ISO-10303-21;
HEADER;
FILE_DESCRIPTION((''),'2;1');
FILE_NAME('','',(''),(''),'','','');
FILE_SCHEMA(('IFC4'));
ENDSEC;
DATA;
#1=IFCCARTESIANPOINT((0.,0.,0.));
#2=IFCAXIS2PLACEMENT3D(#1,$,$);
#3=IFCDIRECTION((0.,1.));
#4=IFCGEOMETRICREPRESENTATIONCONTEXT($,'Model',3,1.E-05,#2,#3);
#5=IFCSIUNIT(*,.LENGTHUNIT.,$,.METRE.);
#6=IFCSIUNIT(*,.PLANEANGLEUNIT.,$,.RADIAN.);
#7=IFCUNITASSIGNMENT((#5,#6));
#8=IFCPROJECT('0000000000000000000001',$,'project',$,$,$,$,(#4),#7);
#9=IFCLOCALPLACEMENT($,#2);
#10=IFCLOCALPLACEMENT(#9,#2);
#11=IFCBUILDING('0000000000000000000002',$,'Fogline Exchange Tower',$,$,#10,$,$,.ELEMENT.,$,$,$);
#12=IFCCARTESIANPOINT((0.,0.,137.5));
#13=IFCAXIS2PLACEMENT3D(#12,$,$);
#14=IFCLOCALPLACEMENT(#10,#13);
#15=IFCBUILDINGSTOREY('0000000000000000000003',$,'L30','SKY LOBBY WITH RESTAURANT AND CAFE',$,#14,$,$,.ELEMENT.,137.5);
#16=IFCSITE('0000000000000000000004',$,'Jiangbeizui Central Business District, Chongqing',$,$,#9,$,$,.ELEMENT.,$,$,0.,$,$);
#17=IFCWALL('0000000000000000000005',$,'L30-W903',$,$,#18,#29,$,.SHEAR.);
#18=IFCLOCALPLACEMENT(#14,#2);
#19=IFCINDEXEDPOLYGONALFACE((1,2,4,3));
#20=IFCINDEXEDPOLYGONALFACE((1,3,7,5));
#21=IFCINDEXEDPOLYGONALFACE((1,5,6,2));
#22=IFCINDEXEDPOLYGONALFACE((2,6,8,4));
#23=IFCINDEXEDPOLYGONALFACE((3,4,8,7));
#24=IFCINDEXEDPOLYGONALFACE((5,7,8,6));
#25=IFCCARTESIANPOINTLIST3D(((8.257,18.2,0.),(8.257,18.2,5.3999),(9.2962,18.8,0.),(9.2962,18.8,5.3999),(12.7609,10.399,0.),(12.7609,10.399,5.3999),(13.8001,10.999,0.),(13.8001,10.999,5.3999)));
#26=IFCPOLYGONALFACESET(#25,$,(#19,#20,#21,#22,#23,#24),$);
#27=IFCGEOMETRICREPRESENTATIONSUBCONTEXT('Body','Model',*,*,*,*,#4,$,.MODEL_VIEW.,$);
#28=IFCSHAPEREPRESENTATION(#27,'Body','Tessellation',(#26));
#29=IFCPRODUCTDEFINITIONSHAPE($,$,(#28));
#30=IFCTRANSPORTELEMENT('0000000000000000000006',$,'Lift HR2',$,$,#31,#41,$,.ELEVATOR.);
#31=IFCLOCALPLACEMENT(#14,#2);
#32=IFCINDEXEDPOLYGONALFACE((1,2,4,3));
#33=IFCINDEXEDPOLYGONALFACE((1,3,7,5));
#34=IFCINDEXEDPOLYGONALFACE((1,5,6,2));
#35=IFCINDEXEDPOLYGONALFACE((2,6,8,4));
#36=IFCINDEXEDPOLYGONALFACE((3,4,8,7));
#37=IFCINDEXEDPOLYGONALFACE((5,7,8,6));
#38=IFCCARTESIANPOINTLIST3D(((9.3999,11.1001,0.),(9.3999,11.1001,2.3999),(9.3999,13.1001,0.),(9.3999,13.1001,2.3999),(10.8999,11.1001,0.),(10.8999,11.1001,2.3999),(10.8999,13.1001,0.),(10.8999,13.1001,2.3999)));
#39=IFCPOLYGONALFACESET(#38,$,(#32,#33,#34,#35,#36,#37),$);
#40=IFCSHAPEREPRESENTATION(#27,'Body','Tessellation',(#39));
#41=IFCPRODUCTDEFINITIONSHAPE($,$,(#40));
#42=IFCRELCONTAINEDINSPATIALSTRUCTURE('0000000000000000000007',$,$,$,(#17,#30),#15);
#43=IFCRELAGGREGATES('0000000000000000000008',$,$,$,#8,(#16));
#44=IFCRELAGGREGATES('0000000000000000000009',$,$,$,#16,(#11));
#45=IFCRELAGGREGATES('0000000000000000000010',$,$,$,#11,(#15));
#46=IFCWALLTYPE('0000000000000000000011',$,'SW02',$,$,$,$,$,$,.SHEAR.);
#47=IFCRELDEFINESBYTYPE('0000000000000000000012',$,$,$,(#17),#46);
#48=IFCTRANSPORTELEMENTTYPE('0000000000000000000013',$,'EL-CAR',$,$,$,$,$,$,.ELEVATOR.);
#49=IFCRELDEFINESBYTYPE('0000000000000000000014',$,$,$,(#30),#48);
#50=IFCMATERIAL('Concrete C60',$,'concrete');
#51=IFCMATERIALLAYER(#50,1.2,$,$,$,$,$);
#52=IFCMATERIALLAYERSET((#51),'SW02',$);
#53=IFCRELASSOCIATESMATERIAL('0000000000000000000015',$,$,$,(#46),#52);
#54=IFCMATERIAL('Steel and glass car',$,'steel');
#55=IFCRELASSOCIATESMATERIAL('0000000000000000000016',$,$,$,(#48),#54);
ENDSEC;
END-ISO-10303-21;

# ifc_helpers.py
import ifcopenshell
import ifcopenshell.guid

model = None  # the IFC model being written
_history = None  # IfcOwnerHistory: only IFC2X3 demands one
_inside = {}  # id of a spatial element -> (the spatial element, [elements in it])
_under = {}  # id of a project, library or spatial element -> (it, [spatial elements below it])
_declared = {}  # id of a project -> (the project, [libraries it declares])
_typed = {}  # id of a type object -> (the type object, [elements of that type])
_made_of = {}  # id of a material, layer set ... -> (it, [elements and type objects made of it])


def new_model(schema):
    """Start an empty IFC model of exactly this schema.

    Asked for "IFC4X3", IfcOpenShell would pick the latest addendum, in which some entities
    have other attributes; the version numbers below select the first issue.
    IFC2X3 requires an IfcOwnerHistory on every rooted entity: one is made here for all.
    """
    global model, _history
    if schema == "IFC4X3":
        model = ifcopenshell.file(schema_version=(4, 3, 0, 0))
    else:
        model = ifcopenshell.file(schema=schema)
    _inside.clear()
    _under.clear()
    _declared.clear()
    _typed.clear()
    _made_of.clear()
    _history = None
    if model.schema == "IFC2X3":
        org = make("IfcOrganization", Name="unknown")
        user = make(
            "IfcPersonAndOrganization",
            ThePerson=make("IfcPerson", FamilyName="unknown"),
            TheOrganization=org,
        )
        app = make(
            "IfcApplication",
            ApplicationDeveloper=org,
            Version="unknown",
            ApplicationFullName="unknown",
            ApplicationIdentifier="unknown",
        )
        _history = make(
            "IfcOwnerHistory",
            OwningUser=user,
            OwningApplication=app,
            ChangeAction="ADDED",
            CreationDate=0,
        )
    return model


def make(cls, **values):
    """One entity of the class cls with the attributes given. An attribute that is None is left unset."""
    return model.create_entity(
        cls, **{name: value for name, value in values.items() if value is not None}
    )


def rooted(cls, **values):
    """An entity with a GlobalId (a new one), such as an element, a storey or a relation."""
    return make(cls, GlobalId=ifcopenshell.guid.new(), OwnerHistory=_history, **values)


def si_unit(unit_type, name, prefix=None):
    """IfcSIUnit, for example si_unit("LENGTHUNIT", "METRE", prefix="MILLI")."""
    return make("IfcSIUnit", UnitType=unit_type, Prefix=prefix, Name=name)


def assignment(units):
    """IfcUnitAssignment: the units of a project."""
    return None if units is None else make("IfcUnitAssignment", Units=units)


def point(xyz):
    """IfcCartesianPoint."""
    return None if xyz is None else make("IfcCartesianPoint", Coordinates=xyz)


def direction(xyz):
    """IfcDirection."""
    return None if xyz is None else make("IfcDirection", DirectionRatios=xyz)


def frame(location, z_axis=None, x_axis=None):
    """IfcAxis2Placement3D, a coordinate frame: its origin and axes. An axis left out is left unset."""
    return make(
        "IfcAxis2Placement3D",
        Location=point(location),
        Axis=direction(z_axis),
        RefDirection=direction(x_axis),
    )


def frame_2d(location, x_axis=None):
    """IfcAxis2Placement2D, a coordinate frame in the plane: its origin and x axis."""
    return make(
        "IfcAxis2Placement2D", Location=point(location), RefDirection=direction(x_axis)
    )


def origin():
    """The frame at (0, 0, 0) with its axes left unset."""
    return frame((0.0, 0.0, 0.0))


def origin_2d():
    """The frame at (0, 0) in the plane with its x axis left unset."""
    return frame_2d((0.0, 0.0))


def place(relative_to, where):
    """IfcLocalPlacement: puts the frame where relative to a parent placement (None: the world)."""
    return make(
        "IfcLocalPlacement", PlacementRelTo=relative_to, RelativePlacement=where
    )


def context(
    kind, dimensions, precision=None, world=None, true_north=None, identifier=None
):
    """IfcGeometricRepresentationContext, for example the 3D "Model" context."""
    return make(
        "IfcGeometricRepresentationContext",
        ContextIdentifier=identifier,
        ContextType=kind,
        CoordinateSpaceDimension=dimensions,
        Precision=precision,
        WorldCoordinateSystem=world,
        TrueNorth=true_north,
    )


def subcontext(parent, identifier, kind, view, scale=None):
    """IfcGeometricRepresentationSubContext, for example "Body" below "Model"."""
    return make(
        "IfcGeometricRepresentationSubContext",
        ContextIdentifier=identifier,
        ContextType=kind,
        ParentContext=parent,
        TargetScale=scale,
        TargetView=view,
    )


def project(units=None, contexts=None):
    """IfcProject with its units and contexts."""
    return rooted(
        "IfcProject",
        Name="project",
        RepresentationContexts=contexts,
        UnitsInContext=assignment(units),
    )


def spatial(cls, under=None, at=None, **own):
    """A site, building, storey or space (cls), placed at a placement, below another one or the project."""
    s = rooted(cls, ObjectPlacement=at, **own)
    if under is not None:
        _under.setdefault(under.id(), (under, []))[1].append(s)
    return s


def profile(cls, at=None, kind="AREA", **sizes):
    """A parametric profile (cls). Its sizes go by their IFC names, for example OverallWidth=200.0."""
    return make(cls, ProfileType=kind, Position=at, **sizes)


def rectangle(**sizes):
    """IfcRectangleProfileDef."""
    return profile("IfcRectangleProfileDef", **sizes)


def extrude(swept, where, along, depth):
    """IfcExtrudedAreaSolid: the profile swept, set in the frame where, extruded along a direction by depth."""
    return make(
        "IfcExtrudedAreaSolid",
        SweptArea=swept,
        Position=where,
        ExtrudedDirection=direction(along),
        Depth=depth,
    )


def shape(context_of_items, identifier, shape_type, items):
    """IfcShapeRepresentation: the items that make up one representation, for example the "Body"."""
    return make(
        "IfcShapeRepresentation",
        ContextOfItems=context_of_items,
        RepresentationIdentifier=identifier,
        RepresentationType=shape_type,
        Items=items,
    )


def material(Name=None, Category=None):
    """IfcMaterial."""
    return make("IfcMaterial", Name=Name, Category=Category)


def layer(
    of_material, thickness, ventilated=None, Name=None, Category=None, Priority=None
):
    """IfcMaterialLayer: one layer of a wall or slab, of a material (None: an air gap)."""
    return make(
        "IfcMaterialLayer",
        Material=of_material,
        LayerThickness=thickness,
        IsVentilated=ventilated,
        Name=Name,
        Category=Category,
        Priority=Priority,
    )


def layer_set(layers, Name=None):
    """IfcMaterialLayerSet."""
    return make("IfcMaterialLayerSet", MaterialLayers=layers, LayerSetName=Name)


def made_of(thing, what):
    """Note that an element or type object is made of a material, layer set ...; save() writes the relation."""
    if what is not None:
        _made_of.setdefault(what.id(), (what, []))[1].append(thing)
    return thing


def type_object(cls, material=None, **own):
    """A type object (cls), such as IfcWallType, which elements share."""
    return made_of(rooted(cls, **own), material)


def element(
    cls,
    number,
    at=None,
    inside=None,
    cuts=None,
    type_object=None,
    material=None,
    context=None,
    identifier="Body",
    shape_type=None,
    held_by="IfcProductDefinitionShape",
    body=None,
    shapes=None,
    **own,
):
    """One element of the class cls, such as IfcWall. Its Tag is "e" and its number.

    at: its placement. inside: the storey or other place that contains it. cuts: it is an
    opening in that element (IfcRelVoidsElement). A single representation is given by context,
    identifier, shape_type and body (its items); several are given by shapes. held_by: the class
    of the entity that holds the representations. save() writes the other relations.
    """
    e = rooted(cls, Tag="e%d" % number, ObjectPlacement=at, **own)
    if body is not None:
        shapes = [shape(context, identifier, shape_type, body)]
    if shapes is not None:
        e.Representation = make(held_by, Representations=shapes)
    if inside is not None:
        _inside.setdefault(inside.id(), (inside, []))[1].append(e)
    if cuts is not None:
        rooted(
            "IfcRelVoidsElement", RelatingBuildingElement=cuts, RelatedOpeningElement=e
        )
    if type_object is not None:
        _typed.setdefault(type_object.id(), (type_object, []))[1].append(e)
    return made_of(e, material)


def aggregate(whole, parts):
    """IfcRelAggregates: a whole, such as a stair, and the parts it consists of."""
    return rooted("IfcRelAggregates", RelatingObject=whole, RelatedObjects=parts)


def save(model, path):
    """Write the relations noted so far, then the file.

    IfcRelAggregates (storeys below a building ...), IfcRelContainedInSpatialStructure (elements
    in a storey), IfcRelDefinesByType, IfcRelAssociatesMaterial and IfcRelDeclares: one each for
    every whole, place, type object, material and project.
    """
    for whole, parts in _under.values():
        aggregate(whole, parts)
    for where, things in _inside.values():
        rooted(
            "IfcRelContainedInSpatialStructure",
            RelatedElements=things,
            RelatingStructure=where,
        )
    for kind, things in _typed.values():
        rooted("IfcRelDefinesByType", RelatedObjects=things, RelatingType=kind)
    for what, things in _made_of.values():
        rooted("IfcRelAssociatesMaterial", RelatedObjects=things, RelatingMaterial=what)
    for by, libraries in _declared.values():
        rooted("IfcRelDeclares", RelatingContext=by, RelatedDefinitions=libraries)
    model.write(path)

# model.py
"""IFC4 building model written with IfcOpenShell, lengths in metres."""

from ifc_helpers import new_model, si_unit, direction, frame, frame_2d, origin, origin_2d, place, context, subcontext, project, spatial, rectangle, extrude, material, layer, layer_set, type_object, element, save


model = new_model("IFC4")

# Units and contexts
model_context = context("Model", 3, precision=1e-05, world=origin(), true_north=direction((0.0, 1.0)))
body_context = subcontext(model_context, "Body", "Model", "MODEL_VIEW")
ifc_project = project(units=[si_unit("LENGTHUNIT", "METRE"), si_unit("PLANEANGLEUNIT", "RADIAN")], contexts=[model_context])

# Site, building, storey
site_placement = place(None, origin())
site = spatial("IfcSite", under=ifc_project, at=site_placement, Name="Jiangbeizui Central Business District, Chongqing", CompositionType="ELEMENT", RefElevation=0.0)
building_placement = place(site_placement, origin())
building = spatial("IfcBuilding", under=site, at=building_placement, Name="Fogline Exchange Tower", CompositionType="ELEMENT")
storey_placement = place(building_placement, frame((0.0, 0.0, 137.5)))
storey = spatial("IfcBuildingStorey", under=building, at=storey_placement, Name="L30", Description="SKY LOBBY WITH RESTAURANT AND CAFE", CompositionType="ELEMENT", Elevation=137.5)

# Wall
ifc_material_1 = material(Name="Concrete C60", Category="concrete")
ifc_layer_1 = layer(ifc_material_1, 1.2)
ifc_layer_set_1 = layer_set([ifc_layer_1], Name="SW02")
wall_type_1 = type_object("IfcWallType", Name="SW02", PredefinedType="SHEAR", material=ifc_layer_set_1)
wall_1_placement = place(storey_placement, frame((13.2805, 10.699, 0.0), z_axis=(0.0, 0.0, 1.0), x_axis=(-0.499999, 0.866026, 0.0)))
element("IfcWall", 1, at=wall_1_placement, inside=storey, type_object=wall_type_1, Name="L30-W903", PredefinedType="SHEAR", context=body_context, shape_type="SweptSolid", body=[
    extrude(rectangle(XDim=9.0078, YDim=1.2, at=frame_2d((4.5039, 0.0))), origin(), (0.0, 0.0, 1.0), 5.3999),
])

# Transport element
ifc_material_2 = material(Name="Steel and glass car", Category="steel")
transport_element_type = type_object("IfcTransportElementType", Name="EL-CAR", PredefinedType="ELEVATOR", material=ifc_material_2)
transport_element_placement = place(storey_placement, frame((10.1499, 12.1001, 0.0), z_axis=(0.0, 0.0, 1.0), x_axis=(1.0, 0.0, 0.0)))
element("IfcTransportElement", 2, at=transport_element_placement, inside=storey, type_object=transport_element_type, Name="Lift HR2", PredefinedType="ELEVATOR", context=body_context, shape_type="SweptSolid", body=[
    extrude(rectangle(XDim=1.5, YDim=2.0, at=origin_2d()), origin(), (0.0, 0.0, 1.0), 2.3999),
])

save(model, "model.ifc")
